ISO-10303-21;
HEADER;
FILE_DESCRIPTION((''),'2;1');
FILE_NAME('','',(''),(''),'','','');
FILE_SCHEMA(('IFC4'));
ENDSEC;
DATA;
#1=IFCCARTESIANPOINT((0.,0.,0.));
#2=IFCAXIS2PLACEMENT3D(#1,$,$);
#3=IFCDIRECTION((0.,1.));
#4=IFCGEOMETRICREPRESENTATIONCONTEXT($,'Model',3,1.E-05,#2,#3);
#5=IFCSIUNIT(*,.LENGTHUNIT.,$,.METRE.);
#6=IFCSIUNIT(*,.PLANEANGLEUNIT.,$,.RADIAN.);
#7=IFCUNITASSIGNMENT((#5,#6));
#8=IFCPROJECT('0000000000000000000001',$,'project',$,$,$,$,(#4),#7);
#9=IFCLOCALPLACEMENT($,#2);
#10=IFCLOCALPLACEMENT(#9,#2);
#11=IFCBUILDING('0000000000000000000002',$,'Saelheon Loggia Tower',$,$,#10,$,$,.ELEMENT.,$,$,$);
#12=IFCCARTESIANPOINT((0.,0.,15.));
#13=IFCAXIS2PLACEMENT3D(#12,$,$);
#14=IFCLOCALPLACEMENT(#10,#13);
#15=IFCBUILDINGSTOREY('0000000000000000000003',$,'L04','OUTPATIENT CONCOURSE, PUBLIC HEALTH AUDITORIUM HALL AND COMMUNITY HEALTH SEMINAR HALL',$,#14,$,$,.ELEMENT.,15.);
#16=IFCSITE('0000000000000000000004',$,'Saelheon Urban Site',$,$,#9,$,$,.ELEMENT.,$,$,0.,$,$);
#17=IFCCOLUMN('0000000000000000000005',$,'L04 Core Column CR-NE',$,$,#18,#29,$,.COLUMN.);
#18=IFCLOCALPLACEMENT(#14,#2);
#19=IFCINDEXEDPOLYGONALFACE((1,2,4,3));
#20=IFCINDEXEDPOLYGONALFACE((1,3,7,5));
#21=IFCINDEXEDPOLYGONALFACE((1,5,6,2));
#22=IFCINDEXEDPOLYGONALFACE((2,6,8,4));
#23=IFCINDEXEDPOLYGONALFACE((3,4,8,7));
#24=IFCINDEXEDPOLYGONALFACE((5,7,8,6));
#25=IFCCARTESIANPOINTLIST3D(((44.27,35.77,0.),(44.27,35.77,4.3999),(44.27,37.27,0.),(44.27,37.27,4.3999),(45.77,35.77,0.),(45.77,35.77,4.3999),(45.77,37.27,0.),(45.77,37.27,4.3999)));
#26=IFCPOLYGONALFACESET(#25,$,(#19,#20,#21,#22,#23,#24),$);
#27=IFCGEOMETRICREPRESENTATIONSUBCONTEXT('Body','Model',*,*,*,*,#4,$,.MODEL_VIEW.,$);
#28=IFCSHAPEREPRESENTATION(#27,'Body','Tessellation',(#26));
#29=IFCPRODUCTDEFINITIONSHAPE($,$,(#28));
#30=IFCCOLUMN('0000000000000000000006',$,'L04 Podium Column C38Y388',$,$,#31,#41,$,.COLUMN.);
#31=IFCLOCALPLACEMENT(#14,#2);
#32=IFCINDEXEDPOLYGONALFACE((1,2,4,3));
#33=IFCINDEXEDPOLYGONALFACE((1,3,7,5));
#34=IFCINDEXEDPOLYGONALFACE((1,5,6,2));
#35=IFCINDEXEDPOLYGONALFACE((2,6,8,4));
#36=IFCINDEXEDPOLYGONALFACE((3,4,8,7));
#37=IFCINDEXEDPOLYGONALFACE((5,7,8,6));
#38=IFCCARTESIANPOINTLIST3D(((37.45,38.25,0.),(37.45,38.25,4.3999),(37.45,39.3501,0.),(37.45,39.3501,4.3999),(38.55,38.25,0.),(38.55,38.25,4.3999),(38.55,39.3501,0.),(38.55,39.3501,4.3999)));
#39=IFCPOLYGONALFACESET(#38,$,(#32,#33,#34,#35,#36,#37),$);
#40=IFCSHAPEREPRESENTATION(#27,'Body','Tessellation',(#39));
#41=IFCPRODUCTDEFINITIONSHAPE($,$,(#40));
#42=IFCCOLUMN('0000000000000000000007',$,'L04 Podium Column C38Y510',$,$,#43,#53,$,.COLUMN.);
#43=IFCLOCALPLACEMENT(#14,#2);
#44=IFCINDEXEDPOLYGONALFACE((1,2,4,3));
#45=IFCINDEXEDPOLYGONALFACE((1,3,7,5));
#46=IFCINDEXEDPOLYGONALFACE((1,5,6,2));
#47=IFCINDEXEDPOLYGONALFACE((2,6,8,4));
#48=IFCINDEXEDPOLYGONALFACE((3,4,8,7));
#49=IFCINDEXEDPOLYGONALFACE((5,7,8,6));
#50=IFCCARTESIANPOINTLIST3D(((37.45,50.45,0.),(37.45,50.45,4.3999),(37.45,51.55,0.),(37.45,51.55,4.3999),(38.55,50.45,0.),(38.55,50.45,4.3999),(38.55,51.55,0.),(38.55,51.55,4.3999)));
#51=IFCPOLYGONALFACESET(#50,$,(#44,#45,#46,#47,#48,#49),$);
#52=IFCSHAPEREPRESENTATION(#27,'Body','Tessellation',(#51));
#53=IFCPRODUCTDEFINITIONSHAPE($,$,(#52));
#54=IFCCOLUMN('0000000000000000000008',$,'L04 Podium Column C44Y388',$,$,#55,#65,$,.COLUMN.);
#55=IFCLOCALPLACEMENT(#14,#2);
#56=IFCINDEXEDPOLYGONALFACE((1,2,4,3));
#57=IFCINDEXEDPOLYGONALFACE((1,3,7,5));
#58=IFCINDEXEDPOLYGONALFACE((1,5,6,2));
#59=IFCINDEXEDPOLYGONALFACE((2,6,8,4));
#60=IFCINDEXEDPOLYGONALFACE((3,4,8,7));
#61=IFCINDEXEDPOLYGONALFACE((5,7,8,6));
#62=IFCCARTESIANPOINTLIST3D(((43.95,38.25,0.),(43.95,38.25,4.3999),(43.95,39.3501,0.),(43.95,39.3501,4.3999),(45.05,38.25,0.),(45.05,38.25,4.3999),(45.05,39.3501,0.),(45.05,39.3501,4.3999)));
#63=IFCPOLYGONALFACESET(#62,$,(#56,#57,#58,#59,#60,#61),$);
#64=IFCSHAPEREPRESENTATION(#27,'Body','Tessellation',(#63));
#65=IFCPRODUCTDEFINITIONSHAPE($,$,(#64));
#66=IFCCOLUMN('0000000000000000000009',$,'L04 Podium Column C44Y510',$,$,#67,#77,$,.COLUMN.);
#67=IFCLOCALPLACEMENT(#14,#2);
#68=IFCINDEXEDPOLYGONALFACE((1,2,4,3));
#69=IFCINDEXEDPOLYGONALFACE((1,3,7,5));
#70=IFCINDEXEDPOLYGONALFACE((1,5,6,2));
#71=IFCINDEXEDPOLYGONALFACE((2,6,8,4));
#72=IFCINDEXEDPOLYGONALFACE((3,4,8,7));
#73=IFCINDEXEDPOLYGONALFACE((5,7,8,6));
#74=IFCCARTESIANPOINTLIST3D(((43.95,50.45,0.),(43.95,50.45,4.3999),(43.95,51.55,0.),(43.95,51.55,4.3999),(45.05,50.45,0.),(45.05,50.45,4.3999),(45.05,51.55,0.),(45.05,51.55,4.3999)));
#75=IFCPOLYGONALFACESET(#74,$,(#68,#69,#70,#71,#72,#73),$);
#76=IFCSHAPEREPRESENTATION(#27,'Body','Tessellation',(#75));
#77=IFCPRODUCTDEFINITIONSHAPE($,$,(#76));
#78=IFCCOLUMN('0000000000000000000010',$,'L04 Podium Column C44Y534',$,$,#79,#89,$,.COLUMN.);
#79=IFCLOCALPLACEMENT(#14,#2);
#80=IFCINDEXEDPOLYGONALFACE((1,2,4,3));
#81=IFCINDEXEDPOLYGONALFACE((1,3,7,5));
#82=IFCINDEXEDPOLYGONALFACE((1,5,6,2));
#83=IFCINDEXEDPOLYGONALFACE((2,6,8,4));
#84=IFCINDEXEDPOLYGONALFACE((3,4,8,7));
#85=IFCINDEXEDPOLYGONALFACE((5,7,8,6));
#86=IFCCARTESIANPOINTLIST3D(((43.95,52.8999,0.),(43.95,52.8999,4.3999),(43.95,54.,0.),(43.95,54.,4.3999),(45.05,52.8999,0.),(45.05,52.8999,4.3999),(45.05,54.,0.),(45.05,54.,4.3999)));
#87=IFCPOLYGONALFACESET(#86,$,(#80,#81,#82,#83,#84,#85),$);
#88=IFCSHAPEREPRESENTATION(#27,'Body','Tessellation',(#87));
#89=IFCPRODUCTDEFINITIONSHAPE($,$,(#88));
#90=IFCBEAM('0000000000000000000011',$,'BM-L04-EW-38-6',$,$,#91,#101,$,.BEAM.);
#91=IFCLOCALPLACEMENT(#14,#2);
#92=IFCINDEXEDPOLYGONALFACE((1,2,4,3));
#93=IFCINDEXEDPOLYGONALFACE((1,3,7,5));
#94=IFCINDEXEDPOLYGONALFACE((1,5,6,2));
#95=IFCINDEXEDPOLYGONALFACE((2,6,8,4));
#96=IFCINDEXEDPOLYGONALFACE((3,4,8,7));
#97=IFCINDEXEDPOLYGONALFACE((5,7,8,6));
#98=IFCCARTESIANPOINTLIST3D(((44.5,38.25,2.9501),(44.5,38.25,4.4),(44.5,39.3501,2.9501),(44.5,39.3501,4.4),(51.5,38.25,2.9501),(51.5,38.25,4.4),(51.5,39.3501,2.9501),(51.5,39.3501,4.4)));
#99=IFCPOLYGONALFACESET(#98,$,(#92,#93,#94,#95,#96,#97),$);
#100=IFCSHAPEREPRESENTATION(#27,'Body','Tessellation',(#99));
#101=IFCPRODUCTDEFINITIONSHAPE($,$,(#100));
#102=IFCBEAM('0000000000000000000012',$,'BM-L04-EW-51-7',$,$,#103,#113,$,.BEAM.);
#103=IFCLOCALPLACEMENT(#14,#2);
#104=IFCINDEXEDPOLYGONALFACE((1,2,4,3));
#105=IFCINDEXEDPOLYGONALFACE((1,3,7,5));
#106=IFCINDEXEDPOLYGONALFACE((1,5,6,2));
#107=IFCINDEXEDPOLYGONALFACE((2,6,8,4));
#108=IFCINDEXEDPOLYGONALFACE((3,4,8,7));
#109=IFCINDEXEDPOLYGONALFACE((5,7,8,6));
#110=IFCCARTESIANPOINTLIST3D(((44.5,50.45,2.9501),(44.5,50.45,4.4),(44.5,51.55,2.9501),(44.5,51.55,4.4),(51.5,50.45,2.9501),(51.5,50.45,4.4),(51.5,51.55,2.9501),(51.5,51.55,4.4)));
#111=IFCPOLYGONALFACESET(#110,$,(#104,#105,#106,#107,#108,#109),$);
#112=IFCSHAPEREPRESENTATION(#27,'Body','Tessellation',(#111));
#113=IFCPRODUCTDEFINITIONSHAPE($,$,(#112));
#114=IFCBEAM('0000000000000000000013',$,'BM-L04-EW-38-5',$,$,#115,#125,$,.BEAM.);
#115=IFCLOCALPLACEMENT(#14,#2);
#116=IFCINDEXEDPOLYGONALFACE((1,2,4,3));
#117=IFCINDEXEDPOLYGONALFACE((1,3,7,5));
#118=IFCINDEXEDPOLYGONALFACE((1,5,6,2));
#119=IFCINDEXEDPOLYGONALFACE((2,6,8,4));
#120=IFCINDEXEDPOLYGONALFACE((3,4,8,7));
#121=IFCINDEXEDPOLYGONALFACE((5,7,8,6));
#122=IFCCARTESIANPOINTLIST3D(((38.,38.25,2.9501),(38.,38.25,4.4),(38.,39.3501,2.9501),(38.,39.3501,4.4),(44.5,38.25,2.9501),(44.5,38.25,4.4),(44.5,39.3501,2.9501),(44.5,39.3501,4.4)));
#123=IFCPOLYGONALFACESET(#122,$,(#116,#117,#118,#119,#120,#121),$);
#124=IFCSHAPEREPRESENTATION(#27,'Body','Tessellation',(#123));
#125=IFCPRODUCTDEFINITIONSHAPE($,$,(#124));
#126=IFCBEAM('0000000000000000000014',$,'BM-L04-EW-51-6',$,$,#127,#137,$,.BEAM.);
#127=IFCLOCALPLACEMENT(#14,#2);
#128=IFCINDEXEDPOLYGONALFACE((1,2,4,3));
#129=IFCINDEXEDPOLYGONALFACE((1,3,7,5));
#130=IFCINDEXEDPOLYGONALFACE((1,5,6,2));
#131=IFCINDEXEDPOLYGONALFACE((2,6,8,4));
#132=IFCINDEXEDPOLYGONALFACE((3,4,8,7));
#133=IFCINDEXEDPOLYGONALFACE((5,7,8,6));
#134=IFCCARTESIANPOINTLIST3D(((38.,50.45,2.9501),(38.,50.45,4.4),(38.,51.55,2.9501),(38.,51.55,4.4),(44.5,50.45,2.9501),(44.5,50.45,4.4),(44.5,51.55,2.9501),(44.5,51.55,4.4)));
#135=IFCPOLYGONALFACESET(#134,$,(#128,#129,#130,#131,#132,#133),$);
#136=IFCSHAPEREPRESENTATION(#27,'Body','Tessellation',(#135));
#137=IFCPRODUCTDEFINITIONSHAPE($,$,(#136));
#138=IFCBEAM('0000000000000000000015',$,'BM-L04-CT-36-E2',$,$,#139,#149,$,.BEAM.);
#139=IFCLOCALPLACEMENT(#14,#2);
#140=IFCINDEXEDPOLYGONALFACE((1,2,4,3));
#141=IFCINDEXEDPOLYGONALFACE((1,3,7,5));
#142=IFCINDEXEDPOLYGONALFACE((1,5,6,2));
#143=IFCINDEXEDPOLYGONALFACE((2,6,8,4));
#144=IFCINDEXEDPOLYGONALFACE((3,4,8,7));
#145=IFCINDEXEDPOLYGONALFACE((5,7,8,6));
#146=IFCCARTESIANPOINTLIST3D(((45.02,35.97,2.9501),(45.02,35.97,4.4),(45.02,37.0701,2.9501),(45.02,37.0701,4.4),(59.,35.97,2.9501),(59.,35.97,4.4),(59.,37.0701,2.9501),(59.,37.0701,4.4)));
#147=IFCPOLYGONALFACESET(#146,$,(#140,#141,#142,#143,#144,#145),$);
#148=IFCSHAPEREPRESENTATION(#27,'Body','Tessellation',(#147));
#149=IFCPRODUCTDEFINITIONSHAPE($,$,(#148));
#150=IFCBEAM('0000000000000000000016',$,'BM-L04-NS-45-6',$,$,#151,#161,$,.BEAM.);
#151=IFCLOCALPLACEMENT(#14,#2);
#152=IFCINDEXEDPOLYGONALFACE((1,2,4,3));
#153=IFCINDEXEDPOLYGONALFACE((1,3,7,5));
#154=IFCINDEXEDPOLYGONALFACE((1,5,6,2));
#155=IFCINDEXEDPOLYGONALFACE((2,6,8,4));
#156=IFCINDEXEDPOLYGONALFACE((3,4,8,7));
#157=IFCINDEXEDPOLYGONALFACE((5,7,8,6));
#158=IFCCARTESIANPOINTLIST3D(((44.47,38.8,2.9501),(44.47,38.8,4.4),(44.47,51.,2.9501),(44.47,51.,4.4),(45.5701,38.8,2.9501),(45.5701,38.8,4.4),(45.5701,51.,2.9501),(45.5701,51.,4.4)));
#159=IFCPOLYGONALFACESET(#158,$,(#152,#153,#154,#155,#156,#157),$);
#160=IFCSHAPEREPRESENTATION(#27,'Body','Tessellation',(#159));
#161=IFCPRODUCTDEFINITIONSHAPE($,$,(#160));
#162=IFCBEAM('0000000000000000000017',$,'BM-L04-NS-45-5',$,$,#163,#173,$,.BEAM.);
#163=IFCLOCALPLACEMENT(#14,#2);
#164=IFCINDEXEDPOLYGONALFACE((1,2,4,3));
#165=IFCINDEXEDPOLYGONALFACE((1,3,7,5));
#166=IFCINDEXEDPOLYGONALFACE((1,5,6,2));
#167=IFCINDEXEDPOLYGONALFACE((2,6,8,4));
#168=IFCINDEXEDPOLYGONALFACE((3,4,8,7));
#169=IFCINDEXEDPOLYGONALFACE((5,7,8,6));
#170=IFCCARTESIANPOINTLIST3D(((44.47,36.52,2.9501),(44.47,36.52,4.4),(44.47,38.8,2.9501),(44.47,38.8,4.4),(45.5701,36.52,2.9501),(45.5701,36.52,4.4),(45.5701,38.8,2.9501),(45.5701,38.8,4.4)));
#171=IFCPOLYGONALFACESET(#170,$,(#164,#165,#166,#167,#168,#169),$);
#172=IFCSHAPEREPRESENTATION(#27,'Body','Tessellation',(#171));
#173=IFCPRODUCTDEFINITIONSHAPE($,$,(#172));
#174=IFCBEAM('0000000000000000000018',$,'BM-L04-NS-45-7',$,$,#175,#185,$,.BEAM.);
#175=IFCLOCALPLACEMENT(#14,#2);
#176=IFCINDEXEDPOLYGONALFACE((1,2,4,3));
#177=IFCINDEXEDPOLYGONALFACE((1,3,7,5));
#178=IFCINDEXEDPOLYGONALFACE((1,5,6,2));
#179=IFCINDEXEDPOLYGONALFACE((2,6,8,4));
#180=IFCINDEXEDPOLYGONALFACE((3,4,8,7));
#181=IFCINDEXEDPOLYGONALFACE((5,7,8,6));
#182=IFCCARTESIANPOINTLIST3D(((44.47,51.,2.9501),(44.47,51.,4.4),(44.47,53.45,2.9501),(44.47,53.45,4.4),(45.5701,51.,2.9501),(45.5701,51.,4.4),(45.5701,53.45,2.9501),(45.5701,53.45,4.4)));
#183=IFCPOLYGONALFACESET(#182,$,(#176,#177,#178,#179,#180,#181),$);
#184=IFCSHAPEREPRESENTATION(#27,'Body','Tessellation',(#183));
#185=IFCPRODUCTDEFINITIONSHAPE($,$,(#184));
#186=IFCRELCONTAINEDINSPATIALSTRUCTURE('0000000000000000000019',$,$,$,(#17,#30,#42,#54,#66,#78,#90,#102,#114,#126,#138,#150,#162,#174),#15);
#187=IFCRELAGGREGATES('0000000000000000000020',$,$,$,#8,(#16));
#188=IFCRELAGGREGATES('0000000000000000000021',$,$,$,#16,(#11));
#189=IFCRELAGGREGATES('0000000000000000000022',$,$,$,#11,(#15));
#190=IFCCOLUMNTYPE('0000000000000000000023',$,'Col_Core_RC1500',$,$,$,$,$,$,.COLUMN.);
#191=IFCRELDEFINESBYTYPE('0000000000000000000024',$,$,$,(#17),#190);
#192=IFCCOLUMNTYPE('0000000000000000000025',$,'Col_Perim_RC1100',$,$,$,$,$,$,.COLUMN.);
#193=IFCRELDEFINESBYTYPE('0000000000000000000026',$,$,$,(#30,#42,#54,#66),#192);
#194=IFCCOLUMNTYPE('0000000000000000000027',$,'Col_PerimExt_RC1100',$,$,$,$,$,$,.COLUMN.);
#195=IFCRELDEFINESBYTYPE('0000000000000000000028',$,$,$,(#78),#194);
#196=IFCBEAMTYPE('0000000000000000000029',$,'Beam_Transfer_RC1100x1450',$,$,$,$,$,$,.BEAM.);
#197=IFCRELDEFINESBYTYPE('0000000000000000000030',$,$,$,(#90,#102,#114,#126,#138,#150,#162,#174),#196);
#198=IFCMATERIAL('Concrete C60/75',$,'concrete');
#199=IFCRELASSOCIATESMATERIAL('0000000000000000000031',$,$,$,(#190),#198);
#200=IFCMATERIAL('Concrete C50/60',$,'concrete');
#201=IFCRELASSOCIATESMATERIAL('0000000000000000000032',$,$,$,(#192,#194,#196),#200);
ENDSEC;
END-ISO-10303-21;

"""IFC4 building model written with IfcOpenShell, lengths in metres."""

from ifc_helpers import new_model, si_unit, direction, frame, origin, origin_2d, place, context, subcontext, project, spatial, rectangle, extrude, source, transform, mapped, material, material_profile, profile_set, type_object, element, save


model = new_model("IFC4")

# Units and contexts
model_context = context("Model", 3, precision=1e-05, world=origin(), true_north=direction((0.0, 1.0)))
body_context = subcontext(model_context, "Body", "Model", "MODEL_VIEW")
ifc_project = project(units=[si_unit("LENGTHUNIT", "METRE"), si_unit("PLANEANGLEUNIT", "RADIAN")], contexts=[model_context])

# Site, building, storey
site_placement = place(None, origin())
site = spatial("IfcSite", under=ifc_project, at=site_placement, Name="Saelheon Urban Site", CompositionType="ELEMENT", RefElevation=0.0)
building_placement = place(site_placement, origin())
building = spatial("IfcBuilding", under=site, at=building_placement, Name="Saelheon Loggia Tower", CompositionType="ELEMENT")
storey_placement = place(building_placement, frame((0.0, 0.0, 15.0)))
storey = spatial("IfcBuildingStorey", under=building, at=storey_placement, Name="L04", Description="OUTPATIENT CONCOURSE, PUBLIC HEALTH AUDITORIUM HALL AND COMMUNITY HEALTH SEMINAR HALL", CompositionType="ELEMENT", Elevation=15.0)

# Columns
ifc_material_1 = material(Name="Concrete C60/75", Category="concrete")
ifc_material_profile_1 = material_profile(ifc_material_1, rectangle(XDim=1.5, YDim=1.5, at=origin_2d()), Name="RC-1500x1500")
ifc_profile_set_1 = profile_set([ifc_material_profile_1], Name="Concrete C60/75")
column_type_1 = type_object("IfcColumnType", Name="Col_Core_RC1500", PredefinedType="COLUMN", material=ifc_profile_set_1)
shared_shape_1 = source(origin(), body_context, "Body", "SweptSolid", [
    extrude(rectangle(XDim=1.5, YDim=1.5, at=origin_2d()), origin(), (0.0, 0.0, 1.0), 4.3999),
])
column_1_placement = place(storey_placement, frame((45.02, 36.52, 0.0), z_axis=(0.0, 0.0, 1.0), x_axis=(1.0, 0.0, 0.0)))
element("IfcColumn", 1, at=column_1_placement, inside=storey, type_object=column_type_1, Name="L04 Core Column CR-NE", PredefinedType="COLUMN", context=body_context, shape_type="MappedRepresentation", body=[
    mapped(shared_shape_1, transform((0.0, 0.0, 0.0), scale=1.0)),
])
ifc_material_2 = material(Name="Concrete C50/60", Category="concrete")
ifc_material_profile_2 = material_profile(ifc_material_2, rectangle(XDim=1.1001, YDim=1.1001, at=origin_2d()), Name="RC-1100x1100")
ifc_profile_set_2 = profile_set([ifc_material_profile_2], Name="Concrete C50/60")
column_type_2 = type_object("IfcColumnType", Name="Col_Perim_RC1100", PredefinedType="COLUMN", material=ifc_profile_set_2)
shared_shape_2 = source(origin(), body_context, "Body", "SweptSolid", [
    extrude(rectangle(XDim=1.1001, YDim=1.1001, at=origin_2d()), origin(), (0.0, 0.0, 1.0), 4.3999),
])
for number, where, z_axis, x_axis, name in (
    (2, (38.0, 38.8, 0.0), (0.0, 0.0, 1.0), (1.0, 0.0, 0.0), "L04 Podium Column C38Y388"),
    (3, (38.0, 51.0, 0.0), (0.0, 0.0, 1.0), (1.0, 0.0, 0.0), "L04 Podium Column C38Y510"),
    (4, (44.5, 38.8, 0.0), (0.0, 0.0, 1.0), (1.0, 0.0, 0.0), "L04 Podium Column C44Y388"),
    (5, (44.5, 51.0, 0.0), (0.0, 0.0, 1.0), (1.0, 0.0, 0.0), "L04 Podium Column C44Y510"),
):
    element("IfcColumn", number, at=place(storey_placement, frame(where, z_axis=z_axis, x_axis=x_axis)), inside=storey, type_object=column_type_2, Name=name, PredefinedType="COLUMN", context=body_context, shape_type="MappedRepresentation", body=[
        mapped(shared_shape_2, transform((0.0, 0.0, 0.0), scale=1.0)),
    ])
ifc_material_profile_3 = material_profile(ifc_material_2, rectangle(XDim=1.1001, YDim=1.1001, at=origin_2d()), Name="RC-1100x1100")
ifc_profile_set_3 = profile_set([ifc_material_profile_3], Name="Concrete C50/60")
column_type_3 = type_object("IfcColumnType", Name="Col_PerimExt_RC1100", PredefinedType="COLUMN", material=ifc_profile_set_3)
column_2_placement = place(storey_placement, frame((44.5, 53.45, 0.0), z_axis=(0.0, 0.0, 1.0), x_axis=(1.0, 0.0, 0.0)))
element("IfcColumn", 6, at=column_2_placement, inside=storey, type_object=column_type_3, Name="L04 Podium Column C44Y534", PredefinedType="COLUMN", context=body_context, shape_type="MappedRepresentation", body=[
    mapped(shared_shape_2, transform((0.0, 0.0, 0.0), scale=1.0)),
])

# Beams
ifc_material_profile_4 = material_profile(ifc_material_2, rectangle(XDim=1.1001, YDim=1.45, at=origin_2d()), Name="RC-1100x1450")
ifc_profile_set_4 = profile_set([ifc_material_profile_4], Name="Concrete C50/60")
beam_type = type_object("IfcBeamType", Name="Beam_Transfer_RC1100x1450", PredefinedType="BEAM", material=ifc_profile_set_4)
shared_shape_3 = source(origin(), body_context, "Body", "SweptSolid", [
    extrude(rectangle(XDim=1.1001, YDim=1.45, at=origin_2d()), origin(), (0.0, 0.0, 1.0), 7.0),
])
for number, where, z_axis, x_axis, name in (
    (7, (44.5, 38.8, 3.675), (1.0, 0.0, 0.0), (0.0, 1.0, 0.0), "BM-L04-EW-38-6"),
    (8, (44.5, 51.0, 3.675), (1.0, 0.0, 0.0), (0.0, 1.0, 0.0), "BM-L04-EW-51-7"),
):
    element("IfcBeam", number, at=place(storey_placement, frame(where, z_axis=z_axis, x_axis=x_axis)), inside=storey, type_object=beam_type, Name=name, PredefinedType="BEAM", context=body_context, shape_type="MappedRepresentation", body=[
        mapped(shared_shape_3, transform((0.0, 0.0, 0.0), scale=1.0)),
    ])
shared_shape_4 = source(origin(), body_context, "Body", "SweptSolid", [
    extrude(rectangle(XDim=1.1001, YDim=1.45, at=origin_2d()), origin(), (0.0, 0.0, 1.0), 6.5),
])
for number, where, z_axis, x_axis, name in (
    (9, (38.0, 38.8, 3.675), (1.0, 0.0, 0.0), (0.0, 1.0, 0.0), "BM-L04-EW-38-5"),
    (10, (38.0, 51.0, 3.675), (1.0, 0.0, 0.0), (0.0, 1.0, 0.0), "BM-L04-EW-51-6"),
):
    element("IfcBeam", number, at=place(storey_placement, frame(where, z_axis=z_axis, x_axis=x_axis)), inside=storey, type_object=beam_type, Name=name, PredefinedType="BEAM", context=body_context, shape_type="MappedRepresentation", body=[
        mapped(shared_shape_4, transform((0.0, 0.0, 0.0), scale=1.0)),
    ])
shared_shape_5 = source(origin(), body_context, "Body", "SweptSolid", [
    extrude(rectangle(XDim=1.1001, YDim=1.45, at=origin_2d()), origin(), (0.0, 0.0, 1.0), 13.98),
])
beam_1_placement = place(storey_placement, frame((45.02, 36.52, 3.675), z_axis=(1.0, 0.0, 0.0), x_axis=(0.0, 1.0, 0.0)))
element("IfcBeam", 11, at=beam_1_placement, inside=storey, type_object=beam_type, Name="BM-L04-CT-36-E2", PredefinedType="BEAM", context=body_context, shape_type="MappedRepresentation", body=[
    mapped(shared_shape_5, transform((0.0, 0.0, 0.0), scale=1.0)),
])
shared_shape_6 = source(origin(), body_context, "Body", "SweptSolid", [
    extrude(rectangle(XDim=1.1001, YDim=1.45, at=origin_2d()), origin(), (0.0, 0.0, 1.0), 12.2),
])
beam_2_placement = place(storey_placement, frame((45.02, 38.8, 3.675), z_axis=(0.0, 1.0, 0.0), x_axis=(-1.0, 0.0, 0.0)))
element("IfcBeam", 12, at=beam_2_placement, inside=storey, type_object=beam_type, Name="BM-L04-NS-45-6", PredefinedType="BEAM", context=body_context, shape_type="MappedRepresentation", body=[
    mapped(shared_shape_6, transform((0.0, 0.0, 0.0), scale=1.0)),
])
shared_shape_7 = source(origin(), body_context, "Body", "SweptSolid", [
    extrude(rectangle(XDim=1.1001, YDim=1.45, at=origin_2d()), origin(), (0.0, 0.0, 1.0), 2.28),
])
beam_3_placement = place(storey_placement, frame((45.02, 36.52, 3.675), z_axis=(0.0, 1.0, 0.0), x_axis=(-1.0, 0.0, 0.0)))
element("IfcBeam", 13, at=beam_3_placement, inside=storey, type_object=beam_type, Name="BM-L04-NS-45-5", PredefinedType="BEAM", context=body_context, shape_type="MappedRepresentation", body=[
    mapped(shared_shape_7, transform((0.0, 0.0, 0.0), scale=1.0)),
])
shared_shape_8 = source(origin(), body_context, "Body", "SweptSolid", [
    extrude(rectangle(XDim=1.1001, YDim=1.45, at=origin_2d()), origin(), (0.0, 0.0, 1.0), 2.45),
])
beam_4_placement = place(storey_placement, frame((45.02, 51.0, 3.675), z_axis=(0.0, 1.0, 0.0), x_axis=(-1.0, 0.0, 0.0)))
element("IfcBeam", 14, at=beam_4_placement, inside=storey, type_object=beam_type, Name="BM-L04-NS-45-7", PredefinedType="BEAM", context=body_context, shape_type="MappedRepresentation", body=[
    mapped(shared_shape_8, transform((0.0, 0.0, 0.0), scale=1.0)),
])

save(model, "model.ifc")
